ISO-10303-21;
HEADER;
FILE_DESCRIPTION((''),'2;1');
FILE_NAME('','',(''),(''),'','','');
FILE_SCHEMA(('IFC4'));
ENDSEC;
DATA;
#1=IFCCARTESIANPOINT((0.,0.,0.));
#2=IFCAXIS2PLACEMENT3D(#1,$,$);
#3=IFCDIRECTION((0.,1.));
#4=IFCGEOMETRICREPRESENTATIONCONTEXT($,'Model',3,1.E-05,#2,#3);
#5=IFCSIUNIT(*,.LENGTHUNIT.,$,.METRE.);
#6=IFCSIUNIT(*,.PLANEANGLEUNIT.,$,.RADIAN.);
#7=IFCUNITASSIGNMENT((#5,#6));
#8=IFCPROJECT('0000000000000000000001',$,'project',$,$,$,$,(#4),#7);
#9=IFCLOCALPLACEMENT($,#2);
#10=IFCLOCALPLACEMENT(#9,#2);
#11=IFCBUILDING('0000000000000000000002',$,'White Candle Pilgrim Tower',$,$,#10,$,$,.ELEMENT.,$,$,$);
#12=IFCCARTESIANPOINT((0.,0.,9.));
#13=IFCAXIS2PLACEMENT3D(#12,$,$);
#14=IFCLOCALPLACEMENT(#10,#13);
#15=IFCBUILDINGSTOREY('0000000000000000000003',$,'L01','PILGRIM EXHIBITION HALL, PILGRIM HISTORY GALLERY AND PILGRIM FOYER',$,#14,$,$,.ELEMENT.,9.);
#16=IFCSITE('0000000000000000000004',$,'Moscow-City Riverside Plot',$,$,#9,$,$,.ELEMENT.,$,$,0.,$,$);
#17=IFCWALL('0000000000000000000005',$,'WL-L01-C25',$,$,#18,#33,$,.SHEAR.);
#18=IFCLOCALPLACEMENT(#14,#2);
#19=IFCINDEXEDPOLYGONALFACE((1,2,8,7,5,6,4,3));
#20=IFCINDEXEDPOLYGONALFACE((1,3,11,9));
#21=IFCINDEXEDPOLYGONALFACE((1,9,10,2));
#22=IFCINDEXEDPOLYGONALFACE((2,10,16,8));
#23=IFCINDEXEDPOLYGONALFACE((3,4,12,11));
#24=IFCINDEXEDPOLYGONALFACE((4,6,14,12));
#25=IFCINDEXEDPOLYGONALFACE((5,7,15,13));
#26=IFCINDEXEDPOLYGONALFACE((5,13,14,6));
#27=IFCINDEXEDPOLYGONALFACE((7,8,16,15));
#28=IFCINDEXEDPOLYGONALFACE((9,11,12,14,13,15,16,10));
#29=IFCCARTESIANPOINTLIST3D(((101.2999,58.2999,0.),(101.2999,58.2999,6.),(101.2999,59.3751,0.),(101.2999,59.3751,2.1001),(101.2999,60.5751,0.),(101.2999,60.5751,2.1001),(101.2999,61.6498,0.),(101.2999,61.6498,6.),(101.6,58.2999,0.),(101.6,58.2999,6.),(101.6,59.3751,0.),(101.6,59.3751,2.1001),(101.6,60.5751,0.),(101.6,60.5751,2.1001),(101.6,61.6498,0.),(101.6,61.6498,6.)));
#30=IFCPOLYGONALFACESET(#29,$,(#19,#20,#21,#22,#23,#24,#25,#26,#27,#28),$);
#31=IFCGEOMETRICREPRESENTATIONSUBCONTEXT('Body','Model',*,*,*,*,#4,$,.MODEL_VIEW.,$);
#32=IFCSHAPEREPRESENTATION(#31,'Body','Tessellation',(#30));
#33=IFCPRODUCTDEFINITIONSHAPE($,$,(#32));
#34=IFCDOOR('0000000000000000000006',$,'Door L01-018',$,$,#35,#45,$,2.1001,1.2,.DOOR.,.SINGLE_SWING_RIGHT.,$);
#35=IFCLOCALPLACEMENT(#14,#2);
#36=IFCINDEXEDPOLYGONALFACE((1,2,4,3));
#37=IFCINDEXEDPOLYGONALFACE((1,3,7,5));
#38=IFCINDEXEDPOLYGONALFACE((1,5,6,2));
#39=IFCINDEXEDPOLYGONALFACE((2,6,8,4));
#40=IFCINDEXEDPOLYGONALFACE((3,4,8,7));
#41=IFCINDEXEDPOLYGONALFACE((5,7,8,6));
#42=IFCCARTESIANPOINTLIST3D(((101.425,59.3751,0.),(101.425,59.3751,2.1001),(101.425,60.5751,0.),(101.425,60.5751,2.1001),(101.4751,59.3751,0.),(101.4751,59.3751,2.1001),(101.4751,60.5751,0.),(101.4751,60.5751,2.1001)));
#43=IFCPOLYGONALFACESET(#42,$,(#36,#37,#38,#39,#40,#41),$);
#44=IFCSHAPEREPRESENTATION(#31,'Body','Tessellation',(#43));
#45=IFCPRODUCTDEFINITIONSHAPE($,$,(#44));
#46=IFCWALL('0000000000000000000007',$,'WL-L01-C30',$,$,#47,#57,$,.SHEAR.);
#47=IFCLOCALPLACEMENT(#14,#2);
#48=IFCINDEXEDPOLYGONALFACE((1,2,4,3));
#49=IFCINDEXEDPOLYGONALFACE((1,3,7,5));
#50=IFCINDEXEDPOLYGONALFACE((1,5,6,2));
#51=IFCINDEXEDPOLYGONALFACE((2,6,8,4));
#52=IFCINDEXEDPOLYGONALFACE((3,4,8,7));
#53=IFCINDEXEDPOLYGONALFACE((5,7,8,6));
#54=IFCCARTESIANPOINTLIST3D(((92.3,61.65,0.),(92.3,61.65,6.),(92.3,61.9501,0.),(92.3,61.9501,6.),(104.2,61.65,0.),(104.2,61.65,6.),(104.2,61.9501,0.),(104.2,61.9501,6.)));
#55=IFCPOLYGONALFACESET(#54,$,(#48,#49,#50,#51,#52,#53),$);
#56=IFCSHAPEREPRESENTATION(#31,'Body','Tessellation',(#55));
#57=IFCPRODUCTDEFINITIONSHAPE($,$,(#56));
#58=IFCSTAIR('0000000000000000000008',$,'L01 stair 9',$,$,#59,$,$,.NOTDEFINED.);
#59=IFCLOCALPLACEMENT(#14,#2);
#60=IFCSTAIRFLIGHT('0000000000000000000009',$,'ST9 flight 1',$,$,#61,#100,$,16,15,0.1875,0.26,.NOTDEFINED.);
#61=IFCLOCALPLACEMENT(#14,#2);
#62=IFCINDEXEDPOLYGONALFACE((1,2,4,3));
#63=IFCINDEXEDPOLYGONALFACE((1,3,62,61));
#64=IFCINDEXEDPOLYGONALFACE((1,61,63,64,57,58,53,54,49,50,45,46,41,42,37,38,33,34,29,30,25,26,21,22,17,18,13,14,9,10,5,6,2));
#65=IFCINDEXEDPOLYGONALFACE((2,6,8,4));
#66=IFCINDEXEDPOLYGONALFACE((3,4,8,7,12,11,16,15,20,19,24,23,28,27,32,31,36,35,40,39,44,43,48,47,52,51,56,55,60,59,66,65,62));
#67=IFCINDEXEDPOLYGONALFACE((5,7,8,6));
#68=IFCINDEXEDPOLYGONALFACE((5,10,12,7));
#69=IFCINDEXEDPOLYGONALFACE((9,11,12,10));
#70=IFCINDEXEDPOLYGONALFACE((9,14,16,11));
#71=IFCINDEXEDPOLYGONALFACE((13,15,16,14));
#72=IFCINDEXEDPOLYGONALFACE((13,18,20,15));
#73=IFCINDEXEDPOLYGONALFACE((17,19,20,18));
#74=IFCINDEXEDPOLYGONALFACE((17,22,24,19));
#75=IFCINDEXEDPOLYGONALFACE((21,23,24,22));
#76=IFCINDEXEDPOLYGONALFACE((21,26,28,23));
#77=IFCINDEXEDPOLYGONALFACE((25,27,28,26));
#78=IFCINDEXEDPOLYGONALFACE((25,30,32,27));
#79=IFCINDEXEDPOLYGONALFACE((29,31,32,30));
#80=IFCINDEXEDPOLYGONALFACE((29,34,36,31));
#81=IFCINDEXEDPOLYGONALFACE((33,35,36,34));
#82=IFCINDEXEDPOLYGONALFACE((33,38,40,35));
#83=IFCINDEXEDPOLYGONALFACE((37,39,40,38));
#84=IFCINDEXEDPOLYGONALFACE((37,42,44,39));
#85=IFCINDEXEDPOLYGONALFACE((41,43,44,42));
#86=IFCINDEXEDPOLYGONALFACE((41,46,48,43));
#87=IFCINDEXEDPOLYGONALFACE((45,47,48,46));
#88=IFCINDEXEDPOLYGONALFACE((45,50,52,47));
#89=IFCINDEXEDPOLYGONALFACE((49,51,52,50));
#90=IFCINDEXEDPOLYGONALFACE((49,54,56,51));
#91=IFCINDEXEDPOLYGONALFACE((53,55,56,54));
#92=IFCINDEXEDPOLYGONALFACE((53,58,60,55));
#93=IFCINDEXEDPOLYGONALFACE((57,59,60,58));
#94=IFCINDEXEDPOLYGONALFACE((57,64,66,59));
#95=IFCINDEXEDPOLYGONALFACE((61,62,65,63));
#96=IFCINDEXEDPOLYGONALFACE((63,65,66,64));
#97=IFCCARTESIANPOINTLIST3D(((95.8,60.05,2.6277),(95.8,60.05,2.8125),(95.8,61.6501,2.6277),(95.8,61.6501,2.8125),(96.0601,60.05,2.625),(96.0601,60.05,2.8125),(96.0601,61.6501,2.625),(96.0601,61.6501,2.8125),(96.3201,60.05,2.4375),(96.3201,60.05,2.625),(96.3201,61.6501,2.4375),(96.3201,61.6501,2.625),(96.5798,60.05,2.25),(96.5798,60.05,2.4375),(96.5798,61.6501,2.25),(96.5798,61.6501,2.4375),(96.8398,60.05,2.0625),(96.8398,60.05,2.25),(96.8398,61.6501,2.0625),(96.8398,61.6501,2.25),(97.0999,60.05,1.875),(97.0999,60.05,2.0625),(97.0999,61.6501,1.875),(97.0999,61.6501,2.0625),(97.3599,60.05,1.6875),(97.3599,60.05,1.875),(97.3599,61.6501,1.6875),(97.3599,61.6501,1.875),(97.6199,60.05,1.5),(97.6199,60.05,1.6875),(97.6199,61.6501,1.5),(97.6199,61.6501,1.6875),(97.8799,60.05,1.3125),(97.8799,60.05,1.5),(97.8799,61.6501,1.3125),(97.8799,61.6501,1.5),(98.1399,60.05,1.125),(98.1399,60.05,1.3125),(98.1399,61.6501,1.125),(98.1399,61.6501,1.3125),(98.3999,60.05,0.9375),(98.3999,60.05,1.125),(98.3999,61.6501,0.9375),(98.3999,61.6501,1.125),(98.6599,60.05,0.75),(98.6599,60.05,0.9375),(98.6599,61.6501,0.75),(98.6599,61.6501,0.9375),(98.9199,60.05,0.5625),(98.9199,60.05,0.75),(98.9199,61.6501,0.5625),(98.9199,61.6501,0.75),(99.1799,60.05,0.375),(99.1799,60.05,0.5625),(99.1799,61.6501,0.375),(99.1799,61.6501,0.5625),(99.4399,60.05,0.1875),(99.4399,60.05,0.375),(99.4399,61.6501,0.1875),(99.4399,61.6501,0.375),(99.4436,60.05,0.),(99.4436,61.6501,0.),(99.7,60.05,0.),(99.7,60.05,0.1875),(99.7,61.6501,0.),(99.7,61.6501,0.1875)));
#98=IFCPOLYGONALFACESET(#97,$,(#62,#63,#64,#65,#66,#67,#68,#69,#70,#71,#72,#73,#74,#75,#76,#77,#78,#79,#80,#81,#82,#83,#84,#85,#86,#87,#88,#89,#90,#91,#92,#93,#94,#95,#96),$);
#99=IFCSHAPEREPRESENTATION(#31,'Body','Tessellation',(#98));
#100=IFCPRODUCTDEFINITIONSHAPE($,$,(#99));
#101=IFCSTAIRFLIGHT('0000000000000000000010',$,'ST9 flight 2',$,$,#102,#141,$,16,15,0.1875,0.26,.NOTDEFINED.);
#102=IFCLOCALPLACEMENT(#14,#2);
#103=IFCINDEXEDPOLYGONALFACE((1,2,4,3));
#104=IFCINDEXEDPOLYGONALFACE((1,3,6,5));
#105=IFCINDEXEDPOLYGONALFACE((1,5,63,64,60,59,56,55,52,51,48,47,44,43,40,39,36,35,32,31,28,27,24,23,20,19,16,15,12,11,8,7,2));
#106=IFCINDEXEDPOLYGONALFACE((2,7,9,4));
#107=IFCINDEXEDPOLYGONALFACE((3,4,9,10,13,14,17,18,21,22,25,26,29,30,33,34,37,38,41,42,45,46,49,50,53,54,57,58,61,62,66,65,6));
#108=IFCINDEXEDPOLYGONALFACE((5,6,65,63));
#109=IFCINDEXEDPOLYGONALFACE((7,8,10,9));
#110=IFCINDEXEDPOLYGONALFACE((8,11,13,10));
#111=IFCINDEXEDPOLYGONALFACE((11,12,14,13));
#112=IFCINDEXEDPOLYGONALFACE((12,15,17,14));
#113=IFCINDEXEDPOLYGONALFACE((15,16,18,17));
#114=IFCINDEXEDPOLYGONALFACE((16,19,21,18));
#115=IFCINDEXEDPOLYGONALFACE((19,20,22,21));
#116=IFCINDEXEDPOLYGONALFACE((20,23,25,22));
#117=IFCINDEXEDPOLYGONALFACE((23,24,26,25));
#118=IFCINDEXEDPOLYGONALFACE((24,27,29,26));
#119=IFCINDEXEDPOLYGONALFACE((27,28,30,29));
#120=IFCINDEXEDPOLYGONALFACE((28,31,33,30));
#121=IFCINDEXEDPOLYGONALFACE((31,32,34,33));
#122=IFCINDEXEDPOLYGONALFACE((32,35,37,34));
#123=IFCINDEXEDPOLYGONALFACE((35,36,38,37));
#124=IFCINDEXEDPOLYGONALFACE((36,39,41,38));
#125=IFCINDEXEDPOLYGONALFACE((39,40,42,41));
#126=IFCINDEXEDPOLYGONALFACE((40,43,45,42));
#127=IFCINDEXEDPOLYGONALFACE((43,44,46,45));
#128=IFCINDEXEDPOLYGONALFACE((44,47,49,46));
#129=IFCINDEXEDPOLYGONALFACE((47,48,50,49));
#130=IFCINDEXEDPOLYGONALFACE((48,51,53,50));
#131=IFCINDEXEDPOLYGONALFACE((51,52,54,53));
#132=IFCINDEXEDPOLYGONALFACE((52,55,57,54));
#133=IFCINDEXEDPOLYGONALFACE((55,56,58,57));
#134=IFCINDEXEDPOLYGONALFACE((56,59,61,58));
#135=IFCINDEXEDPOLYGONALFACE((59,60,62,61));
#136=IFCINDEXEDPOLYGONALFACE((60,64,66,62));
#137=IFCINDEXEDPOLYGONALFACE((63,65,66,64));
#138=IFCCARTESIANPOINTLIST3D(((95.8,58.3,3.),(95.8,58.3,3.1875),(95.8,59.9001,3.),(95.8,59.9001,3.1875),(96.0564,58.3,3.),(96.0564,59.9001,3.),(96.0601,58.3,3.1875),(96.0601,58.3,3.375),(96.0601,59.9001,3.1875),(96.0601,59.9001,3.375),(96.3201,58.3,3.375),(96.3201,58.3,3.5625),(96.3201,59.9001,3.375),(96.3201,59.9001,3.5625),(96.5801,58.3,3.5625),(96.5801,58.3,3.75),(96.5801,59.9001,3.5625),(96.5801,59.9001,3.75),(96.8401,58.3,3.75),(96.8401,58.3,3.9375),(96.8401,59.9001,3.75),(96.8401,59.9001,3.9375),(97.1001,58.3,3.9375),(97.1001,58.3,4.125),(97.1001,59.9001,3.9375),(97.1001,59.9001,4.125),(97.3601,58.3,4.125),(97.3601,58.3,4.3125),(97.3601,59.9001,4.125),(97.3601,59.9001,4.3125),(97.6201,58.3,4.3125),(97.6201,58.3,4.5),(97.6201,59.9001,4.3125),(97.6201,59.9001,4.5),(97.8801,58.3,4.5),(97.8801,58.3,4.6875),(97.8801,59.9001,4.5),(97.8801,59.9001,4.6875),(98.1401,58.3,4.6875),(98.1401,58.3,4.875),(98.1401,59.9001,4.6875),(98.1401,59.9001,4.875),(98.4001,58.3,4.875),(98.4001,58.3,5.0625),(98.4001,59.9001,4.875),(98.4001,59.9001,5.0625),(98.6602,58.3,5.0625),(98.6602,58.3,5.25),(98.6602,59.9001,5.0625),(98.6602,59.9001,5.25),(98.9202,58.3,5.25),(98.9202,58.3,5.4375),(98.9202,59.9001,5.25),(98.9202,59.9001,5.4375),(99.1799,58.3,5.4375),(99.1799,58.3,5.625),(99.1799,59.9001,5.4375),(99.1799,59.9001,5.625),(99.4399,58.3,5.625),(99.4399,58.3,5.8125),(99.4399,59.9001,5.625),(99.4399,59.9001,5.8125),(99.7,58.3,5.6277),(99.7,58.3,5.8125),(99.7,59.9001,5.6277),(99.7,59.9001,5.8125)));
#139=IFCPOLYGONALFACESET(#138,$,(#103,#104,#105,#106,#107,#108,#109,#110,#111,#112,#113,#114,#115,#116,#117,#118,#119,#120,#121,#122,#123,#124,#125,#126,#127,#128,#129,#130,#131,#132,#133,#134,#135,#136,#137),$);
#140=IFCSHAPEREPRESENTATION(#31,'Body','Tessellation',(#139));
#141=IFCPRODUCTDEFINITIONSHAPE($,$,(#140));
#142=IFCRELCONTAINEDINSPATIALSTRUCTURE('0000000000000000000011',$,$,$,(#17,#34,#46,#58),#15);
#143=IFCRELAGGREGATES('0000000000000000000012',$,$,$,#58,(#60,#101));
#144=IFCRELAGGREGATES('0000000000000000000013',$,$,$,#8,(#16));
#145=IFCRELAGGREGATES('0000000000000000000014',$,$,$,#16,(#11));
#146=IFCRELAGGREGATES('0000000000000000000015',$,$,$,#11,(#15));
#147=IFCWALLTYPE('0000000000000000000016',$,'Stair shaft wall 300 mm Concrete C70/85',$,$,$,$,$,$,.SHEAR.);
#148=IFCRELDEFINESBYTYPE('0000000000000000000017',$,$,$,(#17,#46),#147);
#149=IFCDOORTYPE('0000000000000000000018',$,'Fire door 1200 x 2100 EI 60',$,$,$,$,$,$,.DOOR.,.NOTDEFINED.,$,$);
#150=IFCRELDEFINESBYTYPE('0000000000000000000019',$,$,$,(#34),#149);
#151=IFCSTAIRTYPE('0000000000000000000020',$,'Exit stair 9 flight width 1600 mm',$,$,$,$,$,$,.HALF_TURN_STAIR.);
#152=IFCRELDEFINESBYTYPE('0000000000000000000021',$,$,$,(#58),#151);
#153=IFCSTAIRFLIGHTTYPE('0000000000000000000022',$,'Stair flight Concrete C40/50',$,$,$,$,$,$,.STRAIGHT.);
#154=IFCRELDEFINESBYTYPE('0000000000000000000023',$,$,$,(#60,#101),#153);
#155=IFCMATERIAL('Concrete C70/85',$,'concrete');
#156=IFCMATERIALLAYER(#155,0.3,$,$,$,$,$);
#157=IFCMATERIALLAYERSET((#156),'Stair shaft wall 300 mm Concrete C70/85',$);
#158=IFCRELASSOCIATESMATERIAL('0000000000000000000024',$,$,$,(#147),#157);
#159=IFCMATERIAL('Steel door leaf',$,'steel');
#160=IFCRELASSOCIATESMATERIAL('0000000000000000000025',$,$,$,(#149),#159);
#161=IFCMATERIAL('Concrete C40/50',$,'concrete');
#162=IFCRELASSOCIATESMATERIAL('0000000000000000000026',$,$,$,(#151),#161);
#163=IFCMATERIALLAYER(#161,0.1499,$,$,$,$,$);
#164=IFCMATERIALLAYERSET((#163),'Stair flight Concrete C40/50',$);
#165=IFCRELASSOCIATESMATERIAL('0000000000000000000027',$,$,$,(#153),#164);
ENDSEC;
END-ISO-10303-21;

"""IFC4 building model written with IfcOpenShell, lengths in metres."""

from ifc_helpers import new_model, si_unit, direction, frame, frame_2d, origin, place, context, subcontext, project, spatial, polyline, rectangle, outline, extrude, material, layer, layer_set, type_object, element, fill, aggregate, save


model = new_model("IFC4")

# Units and contexts
model_context = context("Model", 3, precision=1e-05, world=origin(), true_north=direction((0.0, 1.0)))
body_context = subcontext(model_context, "Body", "Model", "MODEL_VIEW")
ifc_project = project(units=[si_unit("LENGTHUNIT", "METRE"), si_unit("PLANEANGLEUNIT", "RADIAN")], contexts=[model_context])

# Site, building, storey
site_placement = place(None, origin())
site = spatial("IfcSite", under=ifc_project, at=site_placement, Name="Moscow-City Riverside Plot", CompositionType="ELEMENT", RefElevation=0.0)
building_placement = place(site_placement, origin())
building = spatial("IfcBuilding", under=site, at=building_placement, Name="White Candle Pilgrim Tower", CompositionType="ELEMENT")
storey_placement = place(building_placement, frame((0.0, 0.0, 9.0)))
storey = spatial("IfcBuildingStorey", under=building, at=storey_placement, Name="L01", Description="PILGRIM EXHIBITION HALL, PILGRIM HISTORY GALLERY AND PILGRIM FOYER", CompositionType="ELEMENT", Elevation=9.0)

# Shared definitions
ifc_material_1 = material(Name="Concrete C70/85", Category="concrete")

# Shared definitions
ifc_material_2 = material(Name="Steel door leaf", Category="steel")

# Shared definitions
ifc_layer_1 = layer(ifc_material_1, 0.3)
ifc_layer_set_1 = layer_set([ifc_layer_1], Name="Stair shaft wall 300 mm Concrete C70/85")
wall_type_1 = type_object("IfcWallType", Name="Stair shaft wall 300 mm Concrete C70/85", PredefinedType="SHEAR", material=ifc_layer_set_1)

# Wall, opening, door
wall_1_placement = place(storey_placement, frame((101.45, 58.3, 0.0), z_axis=(0.0, 0.0, 1.0), x_axis=(0.0, 1.0, 0.0)))
wall_1 = element("IfcWall", 1, at=wall_1_placement, inside=storey, type_object=wall_type_1, Name="WL-L01-C25", PredefinedType="SHEAR", context=body_context, shape_type="SweptSolid", body=[
    extrude(rectangle(XDim=3.3499, YDim=0.3, at=frame_2d((1.6748, 0.0))), origin(), (0.0, 0.0, 1.0), 6.0),
])
opening_1_placement = place(wall_1_placement, frame((1.075, 0.0, 0.0)))
opening_1 = element("IfcOpeningElement", 2, at=opening_1_placement, cuts=wall_1, PredefinedType="OPENING", context=body_context, shape_type="SweptSolid", body=[
    extrude(rectangle(XDim=1.2, YDim=2.1001, at=frame_2d((0.6001, 1.05))), frame((0.0, 0.1599, 0.0), z_axis=(0.0, -1.0, 0.0), x_axis=(1.0, 0.0, 0.0)), (0.0, 0.0, 1.0), 0.3201),
])
door_type_1 = type_object("IfcDoorType", Name="Fire door 1200 x 2100 EI 60", OperationType="NOTDEFINED", PredefinedType="DOOR", material=ifc_material_2)
door_1_placement = place(opening_1_placement, origin())
door_1 = element("IfcDoor", 3, at=door_1_placement, inside=storey, type_object=door_type_1, Name="Door L01-018", OperationType="SINGLE_SWING_RIGHT", OverallHeight=2.1001, OverallWidth=1.2, PredefinedType="DOOR", context=body_context, shape_type="SweptSolid", body=[
    extrude(rectangle(XDim=1.2, YDim=2.1001, at=frame_2d((0.6001, 1.05))), frame((0.0, 0.0249, 0.0), z_axis=(0.0, -1.0, 0.0), x_axis=(1.0, 0.0, 0.0)), (0.0, 0.0, 1.0), 0.05),
])
fill(opening_1, door_1)

# Wall
wall_2_placement = place(storey_placement, frame((92.3, 61.8, 0.0), z_axis=(0.0, 0.0, 1.0), x_axis=(1.0, 0.0, 0.0)))
element("IfcWall", 4, at=wall_2_placement, inside=storey, type_object=wall_type_1, Name="WL-L01-C30", PredefinedType="SHEAR", context=body_context, shape_type="SweptSolid", body=[
    extrude(rectangle(XDim=11.8999, YDim=0.3, at=frame_2d((5.95, 0.0))), origin(), (0.0, 0.0, 1.0), 6.0),
])

# Stair, stair flights
ifc_material_3 = material(Name="Concrete C40/50", Category="concrete")
stair_type = type_object("IfcStairType", Name="Exit stair 9 flight width 1600 mm", PredefinedType="HALF_TURN_STAIR", material=ifc_material_3)
stair_placement = place(storey_placement, origin())
stair = element("IfcStair", 5, at=stair_placement, inside=storey, type_object=stair_type, Name="L01 stair 9", PredefinedType="NOTDEFINED")
ifc_layer_2 = layer(ifc_material_3, 0.1499)
ifc_layer_set_2 = layer_set([ifc_layer_2], Name="Stair flight Concrete C40/50")
stair_flight_type = type_object("IfcStairFlightType", Name="Stair flight Concrete C40/50", PredefinedType="STRAIGHT", material=ifc_layer_set_2)
stair_flight_1_placement = place(storey_placement, frame((99.7, 60.8501, 0.0), z_axis=(0.0, 0.0, 1.0), x_axis=(-1.0, 0.0, 0.0)))
stair_flight_1 = element("IfcStairFlight", 6, at=stair_flight_1_placement, type_object=stair_flight_type, Name="ST9 flight 1", NumberOfRisers=16, NumberOfTreads=15, PredefinedType="NOTDEFINED", RiserHeight=0.1875, TreadLength=0.26, context=body_context, shape_type="SweptSolid", body=[
    extrude(outline(polyline([(0.0, 0.0), (0.0, 0.1875), (0.26, 0.1875), (0.26, 0.375), (0.52, 0.375), (0.52, 0.5625), (0.78, 0.5625), (0.78, 0.75), (1.04, 0.75), (1.04, 0.9375), (1.3, 0.9375), (1.3, 1.125), (1.5601, 1.125), (1.5601, 1.3125), (1.8201, 1.3125), (1.8201, 1.5), (2.0801, 1.5), (2.0801, 1.6875), (2.3401, 1.6875), (2.3401, 1.875), (2.6001, 1.875), (2.6001, 2.0625), (2.8601, 2.0625), (2.8601, 2.25), (3.1201, 2.25), (3.1201, 2.4375), (3.3799, 2.4375), (3.3799, 2.625), (3.6399, 2.625), (3.6399, 2.8125), (3.8999, 2.8125), (3.8999, 3.0), (3.8999, 2.6277), (0.2563, 0.0), (0.0, 0.0)])), frame((0.0, 0.8, 0.0), z_axis=(0.0, -1.0, 0.0), x_axis=(1.0, 0.0, 0.0)), (0.0, 0.0, 1.0), 1.6001),
])
stair_flight_2_placement = place(storey_placement, frame((95.8, 59.1001, 3.0), z_axis=(0.0, 0.0, 1.0), x_axis=(1.0, 0.0, 0.0)))
stair_flight_2 = element("IfcStairFlight", 7, at=stair_flight_2_placement, type_object=stair_flight_type, Name="ST9 flight 2", NumberOfRisers=16, NumberOfTreads=15, PredefinedType="NOTDEFINED", RiserHeight=0.1875, TreadLength=0.26, context=body_context, shape_type="SweptSolid", body=[
    extrude(outline(polyline([(0.0, 0.0), (0.0, 0.1875), (0.26, 0.1875), (0.26, 0.375), (0.52, 0.375), (0.52, 0.5625), (0.78, 0.5625), (0.78, 0.75), (1.04, 0.75), (1.04, 0.9375), (1.3, 0.9375), (1.3, 1.125), (1.5601, 1.125), (1.5601, 1.3125), (1.8201, 1.3125), (1.8201, 1.5), (2.0801, 1.5), (2.0801, 1.6875), (2.3401, 1.6875), (2.3401, 1.875), (2.6001, 1.875), (2.6001, 2.0625), (2.8601, 2.0625), (2.8601, 2.25), (3.1201, 2.25), (3.1201, 2.4375), (3.3799, 2.4375), (3.3799, 2.625), (3.6399, 2.625), (3.6399, 2.8125), (3.8999, 2.8125), (3.8999, 3.0), (3.8999, 2.6277), (0.2563, 0.0), (0.0, 0.0)])), frame((0.0, 0.8, 0.0), z_axis=(0.0, -1.0, 0.0), x_axis=(1.0, 0.0, 0.0)), (0.0, 0.0, 1.0), 1.6001),
])
aggregate(stair, [stair_flight_1, stair_flight_2])

save(model, "model.ifc")
